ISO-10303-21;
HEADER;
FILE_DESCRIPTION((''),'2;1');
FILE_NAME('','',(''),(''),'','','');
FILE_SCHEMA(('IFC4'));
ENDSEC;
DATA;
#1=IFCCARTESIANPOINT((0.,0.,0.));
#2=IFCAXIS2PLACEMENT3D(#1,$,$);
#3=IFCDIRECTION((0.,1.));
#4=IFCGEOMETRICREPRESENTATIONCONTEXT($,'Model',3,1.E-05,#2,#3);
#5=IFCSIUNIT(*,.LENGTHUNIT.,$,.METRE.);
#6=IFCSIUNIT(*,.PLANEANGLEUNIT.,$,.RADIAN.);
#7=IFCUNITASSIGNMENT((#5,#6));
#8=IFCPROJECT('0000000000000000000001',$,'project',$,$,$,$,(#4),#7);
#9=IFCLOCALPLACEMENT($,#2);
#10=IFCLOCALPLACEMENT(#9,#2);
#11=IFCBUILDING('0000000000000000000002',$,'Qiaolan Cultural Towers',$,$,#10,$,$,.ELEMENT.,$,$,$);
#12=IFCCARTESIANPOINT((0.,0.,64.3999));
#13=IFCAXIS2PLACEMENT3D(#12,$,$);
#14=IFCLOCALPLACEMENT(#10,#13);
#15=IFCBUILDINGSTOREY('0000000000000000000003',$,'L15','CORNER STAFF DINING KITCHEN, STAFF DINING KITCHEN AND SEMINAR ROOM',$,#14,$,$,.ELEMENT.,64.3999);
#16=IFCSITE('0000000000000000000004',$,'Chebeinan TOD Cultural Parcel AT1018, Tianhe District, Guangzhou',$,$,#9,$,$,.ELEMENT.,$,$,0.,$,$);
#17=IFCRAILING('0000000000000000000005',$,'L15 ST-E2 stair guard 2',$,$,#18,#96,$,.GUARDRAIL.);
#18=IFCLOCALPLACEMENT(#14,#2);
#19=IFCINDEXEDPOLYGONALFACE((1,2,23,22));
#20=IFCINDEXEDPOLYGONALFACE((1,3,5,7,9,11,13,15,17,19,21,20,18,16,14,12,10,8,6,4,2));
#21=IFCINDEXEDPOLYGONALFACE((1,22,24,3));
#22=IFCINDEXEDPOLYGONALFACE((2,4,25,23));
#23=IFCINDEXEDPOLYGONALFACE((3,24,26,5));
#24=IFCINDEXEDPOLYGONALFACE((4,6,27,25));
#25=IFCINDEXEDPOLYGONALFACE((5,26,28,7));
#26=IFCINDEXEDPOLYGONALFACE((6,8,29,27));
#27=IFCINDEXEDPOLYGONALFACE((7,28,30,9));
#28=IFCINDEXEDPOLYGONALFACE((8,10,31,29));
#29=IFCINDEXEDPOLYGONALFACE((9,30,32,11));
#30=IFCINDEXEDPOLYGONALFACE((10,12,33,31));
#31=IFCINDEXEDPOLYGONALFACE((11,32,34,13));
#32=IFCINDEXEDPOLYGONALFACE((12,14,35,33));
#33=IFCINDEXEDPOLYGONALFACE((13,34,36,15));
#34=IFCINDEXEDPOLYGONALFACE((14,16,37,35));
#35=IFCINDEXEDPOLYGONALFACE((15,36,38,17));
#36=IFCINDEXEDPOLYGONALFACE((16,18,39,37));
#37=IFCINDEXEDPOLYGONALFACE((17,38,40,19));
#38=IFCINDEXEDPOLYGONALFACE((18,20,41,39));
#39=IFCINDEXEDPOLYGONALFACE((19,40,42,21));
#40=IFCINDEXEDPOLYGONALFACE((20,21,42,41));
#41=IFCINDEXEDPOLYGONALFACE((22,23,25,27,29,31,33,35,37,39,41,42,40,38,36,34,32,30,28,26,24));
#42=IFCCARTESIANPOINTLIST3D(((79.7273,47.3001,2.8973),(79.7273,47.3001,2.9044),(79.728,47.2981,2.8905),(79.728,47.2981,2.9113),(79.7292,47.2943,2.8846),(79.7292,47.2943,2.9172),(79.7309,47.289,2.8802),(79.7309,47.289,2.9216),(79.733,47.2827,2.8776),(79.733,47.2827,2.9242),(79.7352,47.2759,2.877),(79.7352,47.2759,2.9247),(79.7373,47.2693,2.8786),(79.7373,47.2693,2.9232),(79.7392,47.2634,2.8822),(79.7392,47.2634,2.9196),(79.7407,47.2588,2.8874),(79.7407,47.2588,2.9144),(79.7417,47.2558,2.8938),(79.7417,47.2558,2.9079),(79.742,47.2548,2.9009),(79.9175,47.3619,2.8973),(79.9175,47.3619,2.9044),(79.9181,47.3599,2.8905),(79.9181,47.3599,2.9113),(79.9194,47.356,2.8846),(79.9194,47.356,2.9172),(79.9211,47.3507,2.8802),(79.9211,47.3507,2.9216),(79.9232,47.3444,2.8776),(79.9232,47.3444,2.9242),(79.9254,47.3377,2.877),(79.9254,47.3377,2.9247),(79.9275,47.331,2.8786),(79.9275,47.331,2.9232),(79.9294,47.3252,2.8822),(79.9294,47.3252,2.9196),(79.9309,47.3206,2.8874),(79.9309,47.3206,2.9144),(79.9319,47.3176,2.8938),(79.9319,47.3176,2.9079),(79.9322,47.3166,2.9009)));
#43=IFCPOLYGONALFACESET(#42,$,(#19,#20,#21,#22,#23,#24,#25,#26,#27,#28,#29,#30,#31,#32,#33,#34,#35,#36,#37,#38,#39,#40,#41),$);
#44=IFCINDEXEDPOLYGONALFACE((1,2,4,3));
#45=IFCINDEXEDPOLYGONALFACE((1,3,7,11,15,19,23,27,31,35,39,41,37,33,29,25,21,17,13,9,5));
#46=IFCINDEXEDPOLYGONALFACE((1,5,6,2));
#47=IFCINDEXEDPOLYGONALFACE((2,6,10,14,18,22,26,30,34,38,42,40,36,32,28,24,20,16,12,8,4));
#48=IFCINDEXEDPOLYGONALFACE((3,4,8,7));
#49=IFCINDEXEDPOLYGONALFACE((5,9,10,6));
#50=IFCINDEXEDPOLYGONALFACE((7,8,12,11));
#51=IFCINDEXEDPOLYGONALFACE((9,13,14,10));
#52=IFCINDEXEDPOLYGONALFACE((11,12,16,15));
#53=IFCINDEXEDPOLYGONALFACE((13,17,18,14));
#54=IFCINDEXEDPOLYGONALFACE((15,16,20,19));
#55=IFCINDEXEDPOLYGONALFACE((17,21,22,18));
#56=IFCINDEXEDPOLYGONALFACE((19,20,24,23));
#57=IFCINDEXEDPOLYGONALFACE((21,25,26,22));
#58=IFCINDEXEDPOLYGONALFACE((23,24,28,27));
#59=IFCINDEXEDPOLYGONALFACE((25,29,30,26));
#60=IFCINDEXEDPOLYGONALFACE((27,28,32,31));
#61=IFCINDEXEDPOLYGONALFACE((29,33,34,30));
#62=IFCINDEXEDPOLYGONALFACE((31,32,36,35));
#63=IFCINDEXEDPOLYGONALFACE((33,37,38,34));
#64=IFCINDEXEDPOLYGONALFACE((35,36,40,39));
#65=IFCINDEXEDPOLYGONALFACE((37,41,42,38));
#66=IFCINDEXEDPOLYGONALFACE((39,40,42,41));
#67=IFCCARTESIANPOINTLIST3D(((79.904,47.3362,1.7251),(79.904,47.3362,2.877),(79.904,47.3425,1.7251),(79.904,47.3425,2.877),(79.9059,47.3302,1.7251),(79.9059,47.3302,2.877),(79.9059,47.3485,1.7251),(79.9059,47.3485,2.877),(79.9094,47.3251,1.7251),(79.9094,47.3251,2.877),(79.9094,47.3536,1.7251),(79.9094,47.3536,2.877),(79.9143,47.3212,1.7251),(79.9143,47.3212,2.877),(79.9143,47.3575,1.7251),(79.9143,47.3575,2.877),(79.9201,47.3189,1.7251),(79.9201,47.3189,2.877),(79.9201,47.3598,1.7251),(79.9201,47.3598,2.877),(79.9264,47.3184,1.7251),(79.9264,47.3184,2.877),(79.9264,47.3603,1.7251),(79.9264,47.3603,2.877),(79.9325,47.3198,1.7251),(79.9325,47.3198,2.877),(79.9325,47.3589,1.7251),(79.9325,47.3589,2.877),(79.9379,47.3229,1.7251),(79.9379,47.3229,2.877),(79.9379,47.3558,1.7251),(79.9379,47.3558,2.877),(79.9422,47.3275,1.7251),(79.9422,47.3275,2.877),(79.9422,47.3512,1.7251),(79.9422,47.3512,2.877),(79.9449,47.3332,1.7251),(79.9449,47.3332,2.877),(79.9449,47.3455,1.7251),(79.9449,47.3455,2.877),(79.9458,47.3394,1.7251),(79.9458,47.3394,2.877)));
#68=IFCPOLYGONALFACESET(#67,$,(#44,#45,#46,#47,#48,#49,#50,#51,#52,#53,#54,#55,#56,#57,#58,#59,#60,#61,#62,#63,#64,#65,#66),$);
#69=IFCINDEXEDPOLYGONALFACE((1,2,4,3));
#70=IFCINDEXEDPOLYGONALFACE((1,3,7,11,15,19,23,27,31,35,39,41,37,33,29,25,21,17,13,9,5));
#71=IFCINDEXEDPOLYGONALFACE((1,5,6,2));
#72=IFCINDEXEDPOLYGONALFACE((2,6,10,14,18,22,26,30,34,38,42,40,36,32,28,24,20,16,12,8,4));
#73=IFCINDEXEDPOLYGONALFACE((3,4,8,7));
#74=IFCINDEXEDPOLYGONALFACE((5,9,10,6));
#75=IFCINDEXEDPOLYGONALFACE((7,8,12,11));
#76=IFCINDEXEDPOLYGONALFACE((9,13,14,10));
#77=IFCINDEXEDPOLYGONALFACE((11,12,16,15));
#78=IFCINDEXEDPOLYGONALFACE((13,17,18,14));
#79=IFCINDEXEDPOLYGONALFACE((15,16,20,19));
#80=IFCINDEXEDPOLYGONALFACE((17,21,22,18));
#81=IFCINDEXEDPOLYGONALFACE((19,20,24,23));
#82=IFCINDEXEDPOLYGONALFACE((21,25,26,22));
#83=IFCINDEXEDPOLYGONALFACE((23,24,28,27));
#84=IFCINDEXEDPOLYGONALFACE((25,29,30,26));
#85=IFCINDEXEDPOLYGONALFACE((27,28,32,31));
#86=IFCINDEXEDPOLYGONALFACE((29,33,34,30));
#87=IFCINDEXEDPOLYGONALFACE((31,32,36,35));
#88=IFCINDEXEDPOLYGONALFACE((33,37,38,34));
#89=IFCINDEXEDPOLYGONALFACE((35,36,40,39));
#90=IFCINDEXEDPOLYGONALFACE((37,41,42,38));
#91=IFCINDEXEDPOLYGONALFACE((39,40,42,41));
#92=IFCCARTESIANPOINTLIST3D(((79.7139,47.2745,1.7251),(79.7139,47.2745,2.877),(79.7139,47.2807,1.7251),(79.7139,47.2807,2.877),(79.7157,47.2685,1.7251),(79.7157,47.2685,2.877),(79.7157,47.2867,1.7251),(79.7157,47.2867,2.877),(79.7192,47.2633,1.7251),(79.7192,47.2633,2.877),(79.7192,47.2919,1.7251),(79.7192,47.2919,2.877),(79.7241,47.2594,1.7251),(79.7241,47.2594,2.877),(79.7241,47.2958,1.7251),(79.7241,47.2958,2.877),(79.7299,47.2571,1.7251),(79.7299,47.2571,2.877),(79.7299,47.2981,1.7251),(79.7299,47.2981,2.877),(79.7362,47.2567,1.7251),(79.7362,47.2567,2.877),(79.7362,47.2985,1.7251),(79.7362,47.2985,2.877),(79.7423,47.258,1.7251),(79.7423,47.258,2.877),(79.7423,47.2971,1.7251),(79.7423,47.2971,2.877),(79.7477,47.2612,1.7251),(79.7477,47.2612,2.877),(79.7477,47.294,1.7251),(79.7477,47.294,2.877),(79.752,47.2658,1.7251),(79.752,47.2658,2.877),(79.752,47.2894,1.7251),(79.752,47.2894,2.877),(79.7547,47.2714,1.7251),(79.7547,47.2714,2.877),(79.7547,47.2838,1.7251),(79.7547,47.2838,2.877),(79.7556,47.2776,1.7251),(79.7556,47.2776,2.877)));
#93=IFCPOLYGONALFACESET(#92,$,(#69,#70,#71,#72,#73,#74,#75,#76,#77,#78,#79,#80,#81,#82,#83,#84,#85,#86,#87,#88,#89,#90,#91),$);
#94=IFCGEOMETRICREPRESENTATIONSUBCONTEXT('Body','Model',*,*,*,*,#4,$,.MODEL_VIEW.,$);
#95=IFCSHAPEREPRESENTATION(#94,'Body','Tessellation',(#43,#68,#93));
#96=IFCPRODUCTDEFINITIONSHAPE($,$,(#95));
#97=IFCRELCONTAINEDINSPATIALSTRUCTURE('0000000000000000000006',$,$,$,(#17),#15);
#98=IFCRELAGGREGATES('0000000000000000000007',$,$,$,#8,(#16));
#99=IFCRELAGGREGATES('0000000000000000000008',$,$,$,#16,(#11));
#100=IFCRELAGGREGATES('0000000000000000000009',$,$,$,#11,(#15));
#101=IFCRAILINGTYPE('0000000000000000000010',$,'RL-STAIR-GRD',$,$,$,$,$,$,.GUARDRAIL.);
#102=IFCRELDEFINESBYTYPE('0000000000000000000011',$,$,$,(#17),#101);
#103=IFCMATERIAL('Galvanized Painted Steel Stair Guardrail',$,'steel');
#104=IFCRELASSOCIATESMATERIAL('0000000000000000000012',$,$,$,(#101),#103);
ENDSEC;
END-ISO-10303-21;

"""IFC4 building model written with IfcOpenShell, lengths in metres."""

from ifc_helpers import new_model, si_unit, direction, frame, origin, origin_2d, place, context, subcontext, project, spatial, circle, extrude, material, type_object, element, save


model = new_model("IFC4")

# Units and contexts
model_context = context("Model", 3, precision=1e-05, world=origin(), true_north=direction((0.0, 1.0)))
body_context = subcontext(model_context, "Body", "Model", "MODEL_VIEW")
ifc_project = project(units=[si_unit("LENGTHUNIT", "METRE"), si_unit("PLANEANGLEUNIT", "RADIAN")], contexts=[model_context])

# Site, building, storey
site_placement = place(None, origin())
site = spatial("IfcSite", under=ifc_project, at=site_placement, Name="Chebeinan TOD Cultural Parcel AT1018, Tianhe District, Guangzhou", CompositionType="ELEMENT", RefElevation=0.0)
building_placement = place(site_placement, origin())
building = spatial("IfcBuilding", under=site, at=building_placement, Name="Qiaolan Cultural Towers", CompositionType="ELEMENT")
storey_placement = place(building_placement, frame((0.0, 0.0, 64.3999)))
storey = spatial("IfcBuildingStorey", under=building, at=storey_placement, Name="L15", Description="CORNER STAFF DINING KITCHEN, STAFF DINING KITCHEN AND SEMINAR ROOM", CompositionType="ELEMENT", Elevation=64.3999)

# Railing
ifc_material_1 = material(Name="Galvanized Painted Steel Stair Guardrail", Category="steel")
railing_type_1 = type_object("IfcRailingType", Name="RL-STAIR-GRD", PredefinedType="GUARDRAIL", material=ifc_material_1)
railing_1_placement = place(storey_placement, frame((79.9248, 47.3394, 1.7251)))
element("IfcRailing", 1, at=railing_1_placement, inside=storey, type_object=railing_type_1, Name="L15 ST-E2 stair guard 2", PredefinedType="GUARDRAIL", context=body_context, shape_type="SweptSolid", body=[
    extrude(circle(Radius=0.0239, at=origin_2d()), frame((0.0, 0.0, 1.1758), z_axis=(-0.951097, -0.308893, 0.0), x_axis=(0.308893, -0.951097, 0.0)), (0.0, 0.0, 1.0), 0.2),
    extrude(circle(Radius=0.021, at=origin_2d()), origin(), (0.0, 0.0, 1.0), 1.1519),
    extrude(circle(Radius=0.021, at=origin_2d()), frame((-0.1902, -0.0618, 0.0)), (0.0, 0.0, 1.0), 1.1519),
])

save(model, "model.ifc")
